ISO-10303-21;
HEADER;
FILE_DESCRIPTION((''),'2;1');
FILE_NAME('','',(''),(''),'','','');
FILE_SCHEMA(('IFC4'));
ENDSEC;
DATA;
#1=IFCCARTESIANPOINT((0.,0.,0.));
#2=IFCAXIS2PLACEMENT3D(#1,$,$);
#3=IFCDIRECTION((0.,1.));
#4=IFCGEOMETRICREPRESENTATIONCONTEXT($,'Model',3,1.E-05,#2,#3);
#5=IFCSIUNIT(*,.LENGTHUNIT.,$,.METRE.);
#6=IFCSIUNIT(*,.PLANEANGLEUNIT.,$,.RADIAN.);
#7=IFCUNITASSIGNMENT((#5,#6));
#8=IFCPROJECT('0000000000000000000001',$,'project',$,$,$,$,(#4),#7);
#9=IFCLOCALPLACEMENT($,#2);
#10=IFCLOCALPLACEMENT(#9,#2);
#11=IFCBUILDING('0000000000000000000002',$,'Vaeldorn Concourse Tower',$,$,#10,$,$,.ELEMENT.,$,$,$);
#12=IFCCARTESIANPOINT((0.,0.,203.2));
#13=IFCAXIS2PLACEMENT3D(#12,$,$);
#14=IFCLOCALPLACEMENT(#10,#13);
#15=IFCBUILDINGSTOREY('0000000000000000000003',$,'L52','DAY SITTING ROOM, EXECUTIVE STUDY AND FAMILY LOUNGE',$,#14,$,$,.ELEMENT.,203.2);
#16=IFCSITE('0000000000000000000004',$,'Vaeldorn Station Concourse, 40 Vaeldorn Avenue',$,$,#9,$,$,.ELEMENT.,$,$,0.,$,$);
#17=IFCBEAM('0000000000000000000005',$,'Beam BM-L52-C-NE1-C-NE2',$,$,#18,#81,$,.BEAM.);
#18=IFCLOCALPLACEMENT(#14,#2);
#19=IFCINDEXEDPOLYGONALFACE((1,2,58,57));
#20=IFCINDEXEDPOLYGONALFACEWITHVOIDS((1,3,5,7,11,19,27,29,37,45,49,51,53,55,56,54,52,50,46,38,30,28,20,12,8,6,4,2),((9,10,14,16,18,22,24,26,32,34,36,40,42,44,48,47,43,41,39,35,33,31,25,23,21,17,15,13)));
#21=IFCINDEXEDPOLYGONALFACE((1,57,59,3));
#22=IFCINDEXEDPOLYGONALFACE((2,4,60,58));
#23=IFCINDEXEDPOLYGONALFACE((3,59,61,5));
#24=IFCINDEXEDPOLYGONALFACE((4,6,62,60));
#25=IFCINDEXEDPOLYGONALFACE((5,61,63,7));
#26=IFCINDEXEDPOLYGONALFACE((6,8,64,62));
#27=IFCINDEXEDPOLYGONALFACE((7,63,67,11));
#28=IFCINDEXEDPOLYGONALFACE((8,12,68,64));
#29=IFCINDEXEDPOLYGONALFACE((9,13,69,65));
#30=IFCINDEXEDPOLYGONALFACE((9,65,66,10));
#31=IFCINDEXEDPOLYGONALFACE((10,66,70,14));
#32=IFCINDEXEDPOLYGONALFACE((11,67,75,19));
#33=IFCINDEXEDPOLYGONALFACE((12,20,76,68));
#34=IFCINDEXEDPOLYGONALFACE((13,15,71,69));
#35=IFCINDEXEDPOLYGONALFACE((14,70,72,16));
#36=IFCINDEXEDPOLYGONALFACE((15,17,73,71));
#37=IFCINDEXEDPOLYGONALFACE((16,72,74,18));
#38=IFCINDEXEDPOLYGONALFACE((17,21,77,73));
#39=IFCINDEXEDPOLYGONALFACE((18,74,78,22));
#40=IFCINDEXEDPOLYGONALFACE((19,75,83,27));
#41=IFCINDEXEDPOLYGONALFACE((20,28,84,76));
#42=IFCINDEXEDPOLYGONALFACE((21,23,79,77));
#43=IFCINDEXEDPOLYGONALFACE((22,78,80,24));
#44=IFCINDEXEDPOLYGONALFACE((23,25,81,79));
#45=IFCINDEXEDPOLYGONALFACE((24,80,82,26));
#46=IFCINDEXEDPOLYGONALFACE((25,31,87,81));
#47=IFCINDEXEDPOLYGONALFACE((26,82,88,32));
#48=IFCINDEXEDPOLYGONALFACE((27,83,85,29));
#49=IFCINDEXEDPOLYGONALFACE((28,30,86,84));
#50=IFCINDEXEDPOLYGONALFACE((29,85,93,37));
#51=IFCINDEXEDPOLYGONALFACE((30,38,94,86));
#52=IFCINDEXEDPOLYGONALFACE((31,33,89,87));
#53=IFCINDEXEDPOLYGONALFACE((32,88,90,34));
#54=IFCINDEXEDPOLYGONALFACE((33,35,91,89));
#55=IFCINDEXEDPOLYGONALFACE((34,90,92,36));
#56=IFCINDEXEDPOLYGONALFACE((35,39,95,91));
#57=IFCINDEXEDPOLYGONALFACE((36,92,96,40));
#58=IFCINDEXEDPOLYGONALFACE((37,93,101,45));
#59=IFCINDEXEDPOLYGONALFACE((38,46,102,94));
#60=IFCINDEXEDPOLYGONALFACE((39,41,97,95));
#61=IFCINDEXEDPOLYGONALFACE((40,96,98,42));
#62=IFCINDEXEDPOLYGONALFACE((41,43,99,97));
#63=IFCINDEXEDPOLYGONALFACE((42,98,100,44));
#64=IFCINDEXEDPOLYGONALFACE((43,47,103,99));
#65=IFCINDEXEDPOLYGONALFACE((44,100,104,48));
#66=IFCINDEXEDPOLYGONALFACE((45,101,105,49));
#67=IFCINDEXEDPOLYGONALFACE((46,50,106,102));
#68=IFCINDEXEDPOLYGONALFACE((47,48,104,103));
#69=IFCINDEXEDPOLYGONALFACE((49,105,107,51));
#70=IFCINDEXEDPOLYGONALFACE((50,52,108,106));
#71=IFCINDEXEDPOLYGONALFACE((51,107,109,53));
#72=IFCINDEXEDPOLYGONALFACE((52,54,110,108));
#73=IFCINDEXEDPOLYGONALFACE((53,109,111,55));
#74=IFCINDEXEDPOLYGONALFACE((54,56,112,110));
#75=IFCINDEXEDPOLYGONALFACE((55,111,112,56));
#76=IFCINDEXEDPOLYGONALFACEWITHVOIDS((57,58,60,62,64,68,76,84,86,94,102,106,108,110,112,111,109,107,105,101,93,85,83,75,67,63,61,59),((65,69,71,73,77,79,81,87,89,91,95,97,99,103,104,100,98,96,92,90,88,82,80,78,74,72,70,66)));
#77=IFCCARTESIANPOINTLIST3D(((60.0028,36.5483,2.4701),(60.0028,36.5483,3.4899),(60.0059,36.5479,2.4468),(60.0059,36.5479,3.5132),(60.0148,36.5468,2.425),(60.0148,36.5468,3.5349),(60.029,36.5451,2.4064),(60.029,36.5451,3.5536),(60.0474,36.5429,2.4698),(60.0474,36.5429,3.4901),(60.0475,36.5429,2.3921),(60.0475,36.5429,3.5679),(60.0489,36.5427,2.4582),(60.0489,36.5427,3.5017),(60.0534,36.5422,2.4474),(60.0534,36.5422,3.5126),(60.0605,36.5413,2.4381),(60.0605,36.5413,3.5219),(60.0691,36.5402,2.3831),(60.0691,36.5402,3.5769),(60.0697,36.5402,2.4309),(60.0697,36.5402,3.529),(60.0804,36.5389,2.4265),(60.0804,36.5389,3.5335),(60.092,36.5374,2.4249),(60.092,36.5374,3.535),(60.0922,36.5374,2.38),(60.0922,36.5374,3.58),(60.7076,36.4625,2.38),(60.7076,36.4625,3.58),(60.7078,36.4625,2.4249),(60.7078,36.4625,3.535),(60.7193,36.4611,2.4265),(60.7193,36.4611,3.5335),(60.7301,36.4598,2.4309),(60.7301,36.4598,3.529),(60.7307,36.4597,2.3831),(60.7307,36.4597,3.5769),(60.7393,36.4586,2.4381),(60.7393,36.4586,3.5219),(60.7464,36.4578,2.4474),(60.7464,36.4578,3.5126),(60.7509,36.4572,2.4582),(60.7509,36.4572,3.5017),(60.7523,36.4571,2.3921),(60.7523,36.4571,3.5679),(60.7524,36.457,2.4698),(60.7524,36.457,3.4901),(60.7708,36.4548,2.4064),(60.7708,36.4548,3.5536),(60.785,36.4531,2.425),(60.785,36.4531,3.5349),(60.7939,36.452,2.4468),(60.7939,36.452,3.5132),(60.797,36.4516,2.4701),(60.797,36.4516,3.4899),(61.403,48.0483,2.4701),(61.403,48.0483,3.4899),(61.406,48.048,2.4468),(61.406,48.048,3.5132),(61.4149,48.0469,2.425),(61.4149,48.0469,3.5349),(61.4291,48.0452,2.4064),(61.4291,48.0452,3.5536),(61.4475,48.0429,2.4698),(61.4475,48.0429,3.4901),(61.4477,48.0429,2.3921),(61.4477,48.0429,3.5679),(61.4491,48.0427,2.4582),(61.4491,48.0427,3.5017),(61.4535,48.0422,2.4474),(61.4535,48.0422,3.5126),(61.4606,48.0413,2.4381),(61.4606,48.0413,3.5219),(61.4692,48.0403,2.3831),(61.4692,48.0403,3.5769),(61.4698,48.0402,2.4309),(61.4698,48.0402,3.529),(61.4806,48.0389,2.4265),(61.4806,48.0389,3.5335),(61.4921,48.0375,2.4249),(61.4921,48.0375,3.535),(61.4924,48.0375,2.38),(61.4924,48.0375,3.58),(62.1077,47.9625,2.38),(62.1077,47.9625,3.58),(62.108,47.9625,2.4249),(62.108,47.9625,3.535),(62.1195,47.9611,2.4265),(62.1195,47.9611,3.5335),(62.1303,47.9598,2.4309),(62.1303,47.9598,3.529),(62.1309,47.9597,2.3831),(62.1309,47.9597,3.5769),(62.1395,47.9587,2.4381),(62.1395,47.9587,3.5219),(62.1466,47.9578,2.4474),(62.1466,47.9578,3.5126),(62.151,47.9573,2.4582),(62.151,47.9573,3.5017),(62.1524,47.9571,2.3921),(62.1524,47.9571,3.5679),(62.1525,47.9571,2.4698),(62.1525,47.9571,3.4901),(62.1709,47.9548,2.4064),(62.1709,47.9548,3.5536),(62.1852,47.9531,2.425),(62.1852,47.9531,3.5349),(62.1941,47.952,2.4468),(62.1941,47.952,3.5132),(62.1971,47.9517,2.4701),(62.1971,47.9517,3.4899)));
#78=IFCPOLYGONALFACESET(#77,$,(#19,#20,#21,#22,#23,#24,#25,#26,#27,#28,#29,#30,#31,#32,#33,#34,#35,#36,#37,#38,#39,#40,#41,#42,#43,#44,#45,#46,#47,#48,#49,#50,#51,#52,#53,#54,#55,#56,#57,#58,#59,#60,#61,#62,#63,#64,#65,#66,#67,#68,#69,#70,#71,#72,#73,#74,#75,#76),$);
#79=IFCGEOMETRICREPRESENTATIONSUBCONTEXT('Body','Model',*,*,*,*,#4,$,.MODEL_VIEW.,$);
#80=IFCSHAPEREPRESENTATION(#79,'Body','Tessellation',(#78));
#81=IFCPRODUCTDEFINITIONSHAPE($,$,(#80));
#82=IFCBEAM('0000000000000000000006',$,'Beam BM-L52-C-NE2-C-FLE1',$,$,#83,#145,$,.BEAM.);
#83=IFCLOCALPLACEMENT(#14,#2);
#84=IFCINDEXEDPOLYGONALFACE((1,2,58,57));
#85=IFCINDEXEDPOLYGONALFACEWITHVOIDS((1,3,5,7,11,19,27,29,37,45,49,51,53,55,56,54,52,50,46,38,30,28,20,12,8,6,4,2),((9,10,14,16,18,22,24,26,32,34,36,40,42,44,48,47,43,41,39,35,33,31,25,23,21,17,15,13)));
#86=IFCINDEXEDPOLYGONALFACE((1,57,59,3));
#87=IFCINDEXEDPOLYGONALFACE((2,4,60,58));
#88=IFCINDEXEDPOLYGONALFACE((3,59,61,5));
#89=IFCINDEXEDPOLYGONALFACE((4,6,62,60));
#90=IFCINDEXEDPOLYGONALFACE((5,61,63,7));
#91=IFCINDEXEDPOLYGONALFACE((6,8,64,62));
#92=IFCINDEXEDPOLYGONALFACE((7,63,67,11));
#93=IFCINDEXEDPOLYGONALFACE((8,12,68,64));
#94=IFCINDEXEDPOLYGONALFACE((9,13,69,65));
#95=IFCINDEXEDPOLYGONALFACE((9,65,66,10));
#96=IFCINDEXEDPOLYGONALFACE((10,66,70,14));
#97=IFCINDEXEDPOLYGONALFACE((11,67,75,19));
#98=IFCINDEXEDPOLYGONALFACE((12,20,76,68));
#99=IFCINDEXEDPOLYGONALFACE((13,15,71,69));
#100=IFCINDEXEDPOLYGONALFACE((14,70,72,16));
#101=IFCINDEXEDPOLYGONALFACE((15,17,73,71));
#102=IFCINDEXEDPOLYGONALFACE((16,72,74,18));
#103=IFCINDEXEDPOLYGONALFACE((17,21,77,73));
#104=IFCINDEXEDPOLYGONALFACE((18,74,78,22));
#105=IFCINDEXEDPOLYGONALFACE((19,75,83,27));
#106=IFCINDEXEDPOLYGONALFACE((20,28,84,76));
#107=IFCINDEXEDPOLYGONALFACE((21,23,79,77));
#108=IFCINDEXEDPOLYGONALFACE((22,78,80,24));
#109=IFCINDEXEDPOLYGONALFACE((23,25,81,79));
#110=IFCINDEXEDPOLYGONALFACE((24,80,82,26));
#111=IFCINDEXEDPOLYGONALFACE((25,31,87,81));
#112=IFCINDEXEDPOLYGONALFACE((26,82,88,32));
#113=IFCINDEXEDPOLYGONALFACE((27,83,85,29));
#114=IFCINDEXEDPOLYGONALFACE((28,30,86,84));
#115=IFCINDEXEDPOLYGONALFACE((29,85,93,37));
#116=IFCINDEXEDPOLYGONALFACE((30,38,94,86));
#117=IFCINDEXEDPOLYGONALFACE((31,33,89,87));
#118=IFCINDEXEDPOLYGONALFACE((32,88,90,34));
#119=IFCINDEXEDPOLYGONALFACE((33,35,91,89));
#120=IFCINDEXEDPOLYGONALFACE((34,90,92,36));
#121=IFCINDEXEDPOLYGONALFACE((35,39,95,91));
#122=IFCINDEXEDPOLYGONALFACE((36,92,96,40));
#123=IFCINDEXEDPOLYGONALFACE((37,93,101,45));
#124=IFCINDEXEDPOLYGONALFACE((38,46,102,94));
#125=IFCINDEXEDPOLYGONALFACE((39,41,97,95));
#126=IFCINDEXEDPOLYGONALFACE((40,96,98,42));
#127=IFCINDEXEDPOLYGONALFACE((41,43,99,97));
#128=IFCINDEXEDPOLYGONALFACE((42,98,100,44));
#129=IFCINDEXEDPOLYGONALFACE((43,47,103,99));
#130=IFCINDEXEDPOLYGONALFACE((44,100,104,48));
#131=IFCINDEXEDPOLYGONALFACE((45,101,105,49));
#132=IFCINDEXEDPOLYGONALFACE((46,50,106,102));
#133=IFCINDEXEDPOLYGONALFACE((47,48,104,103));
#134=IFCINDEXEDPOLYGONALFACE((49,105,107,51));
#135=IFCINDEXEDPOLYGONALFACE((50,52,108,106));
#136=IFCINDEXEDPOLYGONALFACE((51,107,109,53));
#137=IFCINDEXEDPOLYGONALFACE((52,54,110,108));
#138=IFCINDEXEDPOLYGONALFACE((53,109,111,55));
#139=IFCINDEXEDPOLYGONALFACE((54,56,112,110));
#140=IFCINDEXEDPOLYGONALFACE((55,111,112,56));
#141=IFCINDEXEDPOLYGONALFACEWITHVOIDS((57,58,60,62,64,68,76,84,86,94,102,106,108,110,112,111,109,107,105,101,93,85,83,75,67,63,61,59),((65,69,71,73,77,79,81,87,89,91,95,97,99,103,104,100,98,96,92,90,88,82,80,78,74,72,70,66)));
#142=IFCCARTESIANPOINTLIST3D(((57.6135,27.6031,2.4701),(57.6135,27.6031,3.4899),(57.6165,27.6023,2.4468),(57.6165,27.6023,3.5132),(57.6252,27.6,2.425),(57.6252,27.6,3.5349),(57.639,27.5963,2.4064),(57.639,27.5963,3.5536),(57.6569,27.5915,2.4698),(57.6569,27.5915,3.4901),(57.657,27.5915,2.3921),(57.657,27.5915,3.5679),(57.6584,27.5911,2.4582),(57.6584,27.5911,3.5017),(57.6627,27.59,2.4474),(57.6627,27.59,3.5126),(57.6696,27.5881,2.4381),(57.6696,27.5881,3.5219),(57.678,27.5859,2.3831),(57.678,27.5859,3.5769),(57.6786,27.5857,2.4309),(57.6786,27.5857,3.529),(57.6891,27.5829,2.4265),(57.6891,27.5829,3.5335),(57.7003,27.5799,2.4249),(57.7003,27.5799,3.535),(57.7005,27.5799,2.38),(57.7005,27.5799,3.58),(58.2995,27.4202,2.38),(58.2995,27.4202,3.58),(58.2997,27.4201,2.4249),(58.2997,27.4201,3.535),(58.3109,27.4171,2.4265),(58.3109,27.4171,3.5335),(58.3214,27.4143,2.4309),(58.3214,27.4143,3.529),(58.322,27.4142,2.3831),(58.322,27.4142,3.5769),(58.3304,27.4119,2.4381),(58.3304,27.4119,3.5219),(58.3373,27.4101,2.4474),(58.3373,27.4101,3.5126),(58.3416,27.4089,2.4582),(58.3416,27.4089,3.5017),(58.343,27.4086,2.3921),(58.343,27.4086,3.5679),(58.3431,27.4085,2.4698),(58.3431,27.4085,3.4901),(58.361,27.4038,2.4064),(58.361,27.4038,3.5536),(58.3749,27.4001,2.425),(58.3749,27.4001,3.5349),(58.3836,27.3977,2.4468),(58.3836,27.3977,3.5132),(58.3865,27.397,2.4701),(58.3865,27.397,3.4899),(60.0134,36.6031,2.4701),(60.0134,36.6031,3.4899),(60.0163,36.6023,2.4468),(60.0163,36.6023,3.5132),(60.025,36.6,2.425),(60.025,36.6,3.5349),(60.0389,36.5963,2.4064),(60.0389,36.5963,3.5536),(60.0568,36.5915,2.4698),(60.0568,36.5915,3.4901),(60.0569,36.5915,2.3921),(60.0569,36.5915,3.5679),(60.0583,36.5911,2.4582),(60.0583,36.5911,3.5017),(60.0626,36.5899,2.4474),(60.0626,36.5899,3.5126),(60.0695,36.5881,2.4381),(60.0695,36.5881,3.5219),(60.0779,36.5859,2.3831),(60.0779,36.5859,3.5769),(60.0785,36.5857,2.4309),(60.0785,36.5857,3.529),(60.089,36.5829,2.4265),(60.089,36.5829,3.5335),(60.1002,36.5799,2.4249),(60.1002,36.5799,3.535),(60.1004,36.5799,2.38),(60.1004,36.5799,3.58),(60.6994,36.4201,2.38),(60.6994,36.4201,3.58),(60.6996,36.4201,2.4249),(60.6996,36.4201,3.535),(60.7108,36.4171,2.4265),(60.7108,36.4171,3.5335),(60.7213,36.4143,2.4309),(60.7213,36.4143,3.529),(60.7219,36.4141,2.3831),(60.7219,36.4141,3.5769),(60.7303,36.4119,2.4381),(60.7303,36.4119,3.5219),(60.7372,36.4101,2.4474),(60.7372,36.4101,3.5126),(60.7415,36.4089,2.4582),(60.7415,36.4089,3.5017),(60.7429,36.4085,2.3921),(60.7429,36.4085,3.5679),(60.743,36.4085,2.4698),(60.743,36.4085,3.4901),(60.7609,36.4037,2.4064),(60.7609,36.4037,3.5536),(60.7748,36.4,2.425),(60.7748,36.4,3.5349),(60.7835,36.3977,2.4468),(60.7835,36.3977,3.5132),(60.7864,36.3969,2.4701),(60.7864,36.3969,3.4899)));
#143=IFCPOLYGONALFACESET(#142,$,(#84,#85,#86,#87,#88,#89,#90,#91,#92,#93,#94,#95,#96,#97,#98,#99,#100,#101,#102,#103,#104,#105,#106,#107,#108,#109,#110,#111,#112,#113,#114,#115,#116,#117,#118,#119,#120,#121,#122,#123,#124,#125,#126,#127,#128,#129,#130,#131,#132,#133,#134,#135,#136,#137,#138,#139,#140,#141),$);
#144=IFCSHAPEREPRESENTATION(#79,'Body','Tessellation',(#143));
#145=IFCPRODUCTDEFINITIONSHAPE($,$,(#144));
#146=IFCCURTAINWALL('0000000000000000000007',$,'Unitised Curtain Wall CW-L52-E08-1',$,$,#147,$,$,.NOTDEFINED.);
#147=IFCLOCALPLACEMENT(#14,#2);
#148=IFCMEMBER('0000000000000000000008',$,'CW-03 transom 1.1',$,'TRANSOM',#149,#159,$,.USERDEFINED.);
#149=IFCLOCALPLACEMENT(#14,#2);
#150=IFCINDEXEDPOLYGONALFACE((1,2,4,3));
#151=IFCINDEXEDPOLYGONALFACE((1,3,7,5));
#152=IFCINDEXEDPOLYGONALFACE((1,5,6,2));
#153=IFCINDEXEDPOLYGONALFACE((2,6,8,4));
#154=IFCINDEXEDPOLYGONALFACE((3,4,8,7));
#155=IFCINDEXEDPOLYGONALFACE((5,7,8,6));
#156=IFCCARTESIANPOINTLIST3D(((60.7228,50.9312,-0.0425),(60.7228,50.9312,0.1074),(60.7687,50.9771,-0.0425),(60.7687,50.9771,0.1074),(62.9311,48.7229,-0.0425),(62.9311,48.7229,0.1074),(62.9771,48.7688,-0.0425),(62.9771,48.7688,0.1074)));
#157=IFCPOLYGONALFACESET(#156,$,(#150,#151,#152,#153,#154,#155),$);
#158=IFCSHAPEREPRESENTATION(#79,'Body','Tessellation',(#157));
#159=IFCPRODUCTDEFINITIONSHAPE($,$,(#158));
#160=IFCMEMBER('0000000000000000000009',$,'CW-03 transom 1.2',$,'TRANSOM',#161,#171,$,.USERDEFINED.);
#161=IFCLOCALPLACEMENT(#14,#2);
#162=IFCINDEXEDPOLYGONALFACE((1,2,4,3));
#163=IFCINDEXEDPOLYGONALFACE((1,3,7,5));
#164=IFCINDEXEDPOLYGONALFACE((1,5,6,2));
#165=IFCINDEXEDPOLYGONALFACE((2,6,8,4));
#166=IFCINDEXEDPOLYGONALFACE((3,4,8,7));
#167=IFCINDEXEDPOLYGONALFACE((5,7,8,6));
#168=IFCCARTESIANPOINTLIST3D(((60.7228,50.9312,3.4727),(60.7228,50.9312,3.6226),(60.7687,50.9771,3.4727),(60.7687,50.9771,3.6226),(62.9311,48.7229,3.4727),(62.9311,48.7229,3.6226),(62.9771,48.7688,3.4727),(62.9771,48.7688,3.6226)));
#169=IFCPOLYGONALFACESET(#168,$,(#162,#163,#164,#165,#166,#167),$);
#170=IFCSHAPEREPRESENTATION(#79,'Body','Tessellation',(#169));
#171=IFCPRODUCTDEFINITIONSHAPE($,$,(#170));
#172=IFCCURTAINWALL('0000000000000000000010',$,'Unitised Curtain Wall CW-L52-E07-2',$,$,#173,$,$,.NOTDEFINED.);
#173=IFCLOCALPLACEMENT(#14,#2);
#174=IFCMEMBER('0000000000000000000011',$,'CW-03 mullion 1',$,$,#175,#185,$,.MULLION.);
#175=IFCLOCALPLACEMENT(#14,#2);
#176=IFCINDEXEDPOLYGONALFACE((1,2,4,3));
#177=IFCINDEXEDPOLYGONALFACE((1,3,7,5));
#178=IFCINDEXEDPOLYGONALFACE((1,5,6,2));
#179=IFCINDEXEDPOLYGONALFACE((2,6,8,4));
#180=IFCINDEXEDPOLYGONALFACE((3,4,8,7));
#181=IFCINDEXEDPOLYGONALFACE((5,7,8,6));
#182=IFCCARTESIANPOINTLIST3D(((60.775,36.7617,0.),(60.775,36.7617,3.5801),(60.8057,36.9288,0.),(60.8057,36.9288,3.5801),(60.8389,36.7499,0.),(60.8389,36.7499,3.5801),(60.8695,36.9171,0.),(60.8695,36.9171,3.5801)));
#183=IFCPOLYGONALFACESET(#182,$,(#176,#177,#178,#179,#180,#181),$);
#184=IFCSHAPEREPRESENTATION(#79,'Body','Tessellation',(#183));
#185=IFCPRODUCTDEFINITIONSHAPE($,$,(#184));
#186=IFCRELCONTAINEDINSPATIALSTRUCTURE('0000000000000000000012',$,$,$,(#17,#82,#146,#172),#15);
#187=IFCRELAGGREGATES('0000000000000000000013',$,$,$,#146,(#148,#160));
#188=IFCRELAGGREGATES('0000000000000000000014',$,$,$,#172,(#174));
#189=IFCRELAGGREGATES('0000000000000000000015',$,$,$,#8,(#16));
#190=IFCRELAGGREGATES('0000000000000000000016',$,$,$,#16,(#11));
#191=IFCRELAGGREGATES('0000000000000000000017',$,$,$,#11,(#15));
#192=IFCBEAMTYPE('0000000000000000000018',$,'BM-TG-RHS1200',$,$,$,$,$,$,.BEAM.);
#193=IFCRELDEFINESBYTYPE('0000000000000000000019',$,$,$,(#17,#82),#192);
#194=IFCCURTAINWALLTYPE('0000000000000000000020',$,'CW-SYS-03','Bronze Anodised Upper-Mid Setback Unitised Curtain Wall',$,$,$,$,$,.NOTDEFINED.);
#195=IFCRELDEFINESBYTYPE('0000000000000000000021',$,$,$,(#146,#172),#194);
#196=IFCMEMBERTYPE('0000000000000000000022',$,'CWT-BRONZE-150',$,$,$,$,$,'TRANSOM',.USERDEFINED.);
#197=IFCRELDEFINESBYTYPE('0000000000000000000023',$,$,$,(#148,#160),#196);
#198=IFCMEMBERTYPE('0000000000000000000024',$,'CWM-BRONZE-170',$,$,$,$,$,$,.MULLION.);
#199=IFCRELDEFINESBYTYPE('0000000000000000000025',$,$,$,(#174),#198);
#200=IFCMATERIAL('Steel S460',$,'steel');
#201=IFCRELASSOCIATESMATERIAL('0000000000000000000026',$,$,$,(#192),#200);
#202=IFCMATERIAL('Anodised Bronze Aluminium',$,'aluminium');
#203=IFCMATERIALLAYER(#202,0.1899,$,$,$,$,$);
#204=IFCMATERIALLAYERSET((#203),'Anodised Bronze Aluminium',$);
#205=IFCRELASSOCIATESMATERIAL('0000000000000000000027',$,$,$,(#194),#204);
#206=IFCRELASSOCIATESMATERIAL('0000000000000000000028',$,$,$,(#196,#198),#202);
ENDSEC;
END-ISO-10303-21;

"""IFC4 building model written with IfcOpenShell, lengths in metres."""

from ifc_helpers import new_model, si_unit, direction, frame, origin, origin_2d, place, context, subcontext, project, spatial, rectangle, hollow_rectangle, extrude, source, transform, mapped, material, layer, layer_set, material_profile, profile_set, type_object, element, aggregate, save


model = new_model("IFC4")

# Units and contexts
model_context = context("Model", 3, precision=1e-05, world=origin(), true_north=direction((0.0, 1.0)))
body_context = subcontext(model_context, "Body", "Model", "MODEL_VIEW")
ifc_project = project(units=[si_unit("LENGTHUNIT", "METRE"), si_unit("PLANEANGLEUNIT", "RADIAN")], contexts=[model_context])

# Site, building, storey
site_placement = place(None, origin())
site = spatial("IfcSite", under=ifc_project, at=site_placement, Name="Vaeldorn Station Concourse, 40 Vaeldorn Avenue", CompositionType="ELEMENT", RefElevation=0.0)
building_placement = place(site_placement, origin())
building = spatial("IfcBuilding", under=site, at=building_placement, Name="Vaeldorn Concourse Tower", CompositionType="ELEMENT")
storey_placement = place(building_placement, frame((0.0, 0.0, 203.2)))
storey = spatial("IfcBuildingStorey", under=building, at=storey_placement, Name="L52", Description="DAY SITTING ROOM, EXECUTIVE STUDY AND FAMILY LOUNGE", CompositionType="ELEMENT", Elevation=203.2)

# Shared definitions
ifc_material_1 = material(Name="Steel S460", Category="steel")

# Beams
ifc_material_profile_1 = material_profile(ifc_material_1, hollow_rectangle(XDim=0.8, YDim=1.2, WallThickness=0.0449, InnerFilletRadius=0.0449, OuterFilletRadius=0.0901, at=origin_2d()), Name="RHS 1200x800x45")
ifc_profile_set_1 = profile_set([ifc_material_profile_1], Name="Steel S460")
beam_type = type_object("IfcBeamType", Name="BM-TG-RHS1200", PredefinedType="BEAM", material=ifc_profile_set_1)
shared_shape_1 = source(origin(), body_context, "Body", "SweptSolid", [
    extrude(hollow_rectangle(XDim=0.8, YDim=1.2, WallThickness=0.0449, InnerFilletRadius=0.0449, OuterFilletRadius=0.0901, at=origin_2d()), origin(), (0.0, 0.0, 1.0), 11.585),
])
beam_1_placement = place(storey_placement, frame((61.8, 48.0, 2.98), z_axis=(-0.120859, -0.99267, 0.0), x_axis=(0.99267, -0.120859, 0.0)))
element("IfcBeam", 1, at=beam_1_placement, inside=storey, type_object=beam_type, Name="Beam BM-L52-C-NE1-C-NE2", PredefinedType="BEAM", context=body_context, shape_type="MappedRepresentation", body=[
    mapped(shared_shape_1, transform((0.0, 0.0, 0.0), scale=1.0)),
])
shared_shape_2 = source(origin(), body_context, "Body", "SweptSolid", [
    extrude(hollow_rectangle(XDim=0.8, YDim=1.2, WallThickness=0.0449, InnerFilletRadius=0.0449, OuterFilletRadius=0.0901, at=origin_2d()), origin(), (0.0, 0.0, 1.0), 9.3145),
])
beam_2_placement = place(storey_placement, frame((60.3999, 36.5, 2.98), z_axis=(-0.257653, -0.966238, 0.0), x_axis=(0.966238, -0.257653, 0.0)))
element("IfcBeam", 2, at=beam_2_placement, inside=storey, type_object=beam_type, Name="Beam BM-L52-C-NE2-C-FLE1", PredefinedType="BEAM", context=body_context, shape_type="MappedRepresentation", body=[
    mapped(shared_shape_2, transform((0.0, 0.0, 0.0), scale=1.0)),
])

# Curtain walls, members
ifc_material_2 = material(Name="Anodised Bronze Aluminium", Category="aluminium")
ifc_layer_1 = layer(ifc_material_2, 0.1899)
ifc_layer_set_1 = layer_set([ifc_layer_1], Name="Anodised Bronze Aluminium")
curtain_wall_type = type_object("IfcCurtainWallType", Name="CW-SYS-03", Description="Bronze Anodised Upper-Mid Setback Unitised Curtain Wall", PredefinedType="NOTDEFINED", material=ifc_layer_set_1)
curtain_wall_1_placement = place(storey_placement, origin())
curtain_wall_1 = element("IfcCurtainWall", 3, at=curtain_wall_1_placement, inside=storey, type_object=curtain_wall_type, Name="Unitised Curtain Wall CW-L52-E08-1", PredefinedType="NOTDEFINED")
ifc_material_profile_2 = material_profile(ifc_material_2, rectangle(XDim=0.0649, YDim=0.1499, at=origin_2d()), Name="CWT 65x150")
ifc_profile_set_2 = profile_set([ifc_material_profile_2], Name="Anodised Bronze Aluminium")
member_type_1 = type_object("IfcMemberType", Name="CWT-BRONZE-150", ElementType="TRANSOM", PredefinedType="USERDEFINED", material=ifc_profile_set_2)
shared_shape_3 = source(origin(), body_context, "Body", "SweptSolid", [
    extrude(rectangle(XDim=0.0649, YDim=0.1499, at=origin_2d()), origin(), (0.0, 0.0, 1.0), 3.123),
])
member_1_placement = place(storey_placement, frame((62.9541, 48.7458, 0.0325), z_axis=(-0.707107, 0.707107, 0.0), x_axis=(-0.707107, -0.707107, 0.0)))
member_1 = element("IfcMember", 4, at=member_1_placement, type_object=member_type_1, Name="CW-03 transom 1.1", ObjectType="TRANSOM", PredefinedType="USERDEFINED", context=body_context, shape_type="MappedRepresentation", body=[
    mapped(shared_shape_3, transform((0.0, 0.0, 0.0), scale=1.0)),
])
member_2_placement = place(storey_placement, frame((62.9541, 48.7458, 3.5476), z_axis=(-0.707107, 0.707107, 0.0), x_axis=(-0.707107, -0.707107, 0.0)))
member_2 = element("IfcMember", 5, at=member_2_placement, type_object=member_type_1, Name="CW-03 transom 1.2", ObjectType="TRANSOM", PredefinedType="USERDEFINED", context=body_context, shape_type="MappedRepresentation", body=[
    mapped(shared_shape_3, transform((0.0, 0.0, 0.0), scale=1.0)),
])
curtain_wall_2_placement = place(storey_placement, origin())
curtain_wall_2 = element("IfcCurtainWall", 6, at=curtain_wall_2_placement, inside=storey, type_object=curtain_wall_type, Name="Unitised Curtain Wall CW-L52-E07-2", PredefinedType="NOTDEFINED")
ifc_material_profile_3 = material_profile(ifc_material_2, rectangle(XDim=0.0649, YDim=0.1699, at=origin_2d()), Name="CWM 65x170")
ifc_profile_set_3 = profile_set([ifc_material_profile_3], Name="Anodised Bronze Aluminium")
member_type_2 = type_object("IfcMemberType", Name="CWM-BRONZE-170", PredefinedType="MULLION", material=ifc_profile_set_3)
shared_shape_4 = source(origin(), body_context, "Body", "SweptSolid", [
    extrude(rectangle(XDim=0.0649, YDim=0.1699, at=origin_2d()), origin(), (0.0, 0.0, 1.0), 3.5801),
])
member_3_placement = place(storey_placement, frame((60.8223, 36.8394, 0.0), z_axis=(0.0, 0.0, 1.0), x_axis=(-0.983559, 0.180585, 0.0)))
member_3 = element("IfcMember", 7, at=member_3_placement, type_object=member_type_2, Name="CW-03 mullion 1", PredefinedType="MULLION", context=body_context, shape_type="MappedRepresentation", body=[
    mapped(shared_shape_4, transform((0.0, 0.0, 0.0), scale=1.0)),
])

aggregate(curtain_wall_1, [member_1, member_2])
aggregate(curtain_wall_2, [member_3])

save(model, "model.ifc")
